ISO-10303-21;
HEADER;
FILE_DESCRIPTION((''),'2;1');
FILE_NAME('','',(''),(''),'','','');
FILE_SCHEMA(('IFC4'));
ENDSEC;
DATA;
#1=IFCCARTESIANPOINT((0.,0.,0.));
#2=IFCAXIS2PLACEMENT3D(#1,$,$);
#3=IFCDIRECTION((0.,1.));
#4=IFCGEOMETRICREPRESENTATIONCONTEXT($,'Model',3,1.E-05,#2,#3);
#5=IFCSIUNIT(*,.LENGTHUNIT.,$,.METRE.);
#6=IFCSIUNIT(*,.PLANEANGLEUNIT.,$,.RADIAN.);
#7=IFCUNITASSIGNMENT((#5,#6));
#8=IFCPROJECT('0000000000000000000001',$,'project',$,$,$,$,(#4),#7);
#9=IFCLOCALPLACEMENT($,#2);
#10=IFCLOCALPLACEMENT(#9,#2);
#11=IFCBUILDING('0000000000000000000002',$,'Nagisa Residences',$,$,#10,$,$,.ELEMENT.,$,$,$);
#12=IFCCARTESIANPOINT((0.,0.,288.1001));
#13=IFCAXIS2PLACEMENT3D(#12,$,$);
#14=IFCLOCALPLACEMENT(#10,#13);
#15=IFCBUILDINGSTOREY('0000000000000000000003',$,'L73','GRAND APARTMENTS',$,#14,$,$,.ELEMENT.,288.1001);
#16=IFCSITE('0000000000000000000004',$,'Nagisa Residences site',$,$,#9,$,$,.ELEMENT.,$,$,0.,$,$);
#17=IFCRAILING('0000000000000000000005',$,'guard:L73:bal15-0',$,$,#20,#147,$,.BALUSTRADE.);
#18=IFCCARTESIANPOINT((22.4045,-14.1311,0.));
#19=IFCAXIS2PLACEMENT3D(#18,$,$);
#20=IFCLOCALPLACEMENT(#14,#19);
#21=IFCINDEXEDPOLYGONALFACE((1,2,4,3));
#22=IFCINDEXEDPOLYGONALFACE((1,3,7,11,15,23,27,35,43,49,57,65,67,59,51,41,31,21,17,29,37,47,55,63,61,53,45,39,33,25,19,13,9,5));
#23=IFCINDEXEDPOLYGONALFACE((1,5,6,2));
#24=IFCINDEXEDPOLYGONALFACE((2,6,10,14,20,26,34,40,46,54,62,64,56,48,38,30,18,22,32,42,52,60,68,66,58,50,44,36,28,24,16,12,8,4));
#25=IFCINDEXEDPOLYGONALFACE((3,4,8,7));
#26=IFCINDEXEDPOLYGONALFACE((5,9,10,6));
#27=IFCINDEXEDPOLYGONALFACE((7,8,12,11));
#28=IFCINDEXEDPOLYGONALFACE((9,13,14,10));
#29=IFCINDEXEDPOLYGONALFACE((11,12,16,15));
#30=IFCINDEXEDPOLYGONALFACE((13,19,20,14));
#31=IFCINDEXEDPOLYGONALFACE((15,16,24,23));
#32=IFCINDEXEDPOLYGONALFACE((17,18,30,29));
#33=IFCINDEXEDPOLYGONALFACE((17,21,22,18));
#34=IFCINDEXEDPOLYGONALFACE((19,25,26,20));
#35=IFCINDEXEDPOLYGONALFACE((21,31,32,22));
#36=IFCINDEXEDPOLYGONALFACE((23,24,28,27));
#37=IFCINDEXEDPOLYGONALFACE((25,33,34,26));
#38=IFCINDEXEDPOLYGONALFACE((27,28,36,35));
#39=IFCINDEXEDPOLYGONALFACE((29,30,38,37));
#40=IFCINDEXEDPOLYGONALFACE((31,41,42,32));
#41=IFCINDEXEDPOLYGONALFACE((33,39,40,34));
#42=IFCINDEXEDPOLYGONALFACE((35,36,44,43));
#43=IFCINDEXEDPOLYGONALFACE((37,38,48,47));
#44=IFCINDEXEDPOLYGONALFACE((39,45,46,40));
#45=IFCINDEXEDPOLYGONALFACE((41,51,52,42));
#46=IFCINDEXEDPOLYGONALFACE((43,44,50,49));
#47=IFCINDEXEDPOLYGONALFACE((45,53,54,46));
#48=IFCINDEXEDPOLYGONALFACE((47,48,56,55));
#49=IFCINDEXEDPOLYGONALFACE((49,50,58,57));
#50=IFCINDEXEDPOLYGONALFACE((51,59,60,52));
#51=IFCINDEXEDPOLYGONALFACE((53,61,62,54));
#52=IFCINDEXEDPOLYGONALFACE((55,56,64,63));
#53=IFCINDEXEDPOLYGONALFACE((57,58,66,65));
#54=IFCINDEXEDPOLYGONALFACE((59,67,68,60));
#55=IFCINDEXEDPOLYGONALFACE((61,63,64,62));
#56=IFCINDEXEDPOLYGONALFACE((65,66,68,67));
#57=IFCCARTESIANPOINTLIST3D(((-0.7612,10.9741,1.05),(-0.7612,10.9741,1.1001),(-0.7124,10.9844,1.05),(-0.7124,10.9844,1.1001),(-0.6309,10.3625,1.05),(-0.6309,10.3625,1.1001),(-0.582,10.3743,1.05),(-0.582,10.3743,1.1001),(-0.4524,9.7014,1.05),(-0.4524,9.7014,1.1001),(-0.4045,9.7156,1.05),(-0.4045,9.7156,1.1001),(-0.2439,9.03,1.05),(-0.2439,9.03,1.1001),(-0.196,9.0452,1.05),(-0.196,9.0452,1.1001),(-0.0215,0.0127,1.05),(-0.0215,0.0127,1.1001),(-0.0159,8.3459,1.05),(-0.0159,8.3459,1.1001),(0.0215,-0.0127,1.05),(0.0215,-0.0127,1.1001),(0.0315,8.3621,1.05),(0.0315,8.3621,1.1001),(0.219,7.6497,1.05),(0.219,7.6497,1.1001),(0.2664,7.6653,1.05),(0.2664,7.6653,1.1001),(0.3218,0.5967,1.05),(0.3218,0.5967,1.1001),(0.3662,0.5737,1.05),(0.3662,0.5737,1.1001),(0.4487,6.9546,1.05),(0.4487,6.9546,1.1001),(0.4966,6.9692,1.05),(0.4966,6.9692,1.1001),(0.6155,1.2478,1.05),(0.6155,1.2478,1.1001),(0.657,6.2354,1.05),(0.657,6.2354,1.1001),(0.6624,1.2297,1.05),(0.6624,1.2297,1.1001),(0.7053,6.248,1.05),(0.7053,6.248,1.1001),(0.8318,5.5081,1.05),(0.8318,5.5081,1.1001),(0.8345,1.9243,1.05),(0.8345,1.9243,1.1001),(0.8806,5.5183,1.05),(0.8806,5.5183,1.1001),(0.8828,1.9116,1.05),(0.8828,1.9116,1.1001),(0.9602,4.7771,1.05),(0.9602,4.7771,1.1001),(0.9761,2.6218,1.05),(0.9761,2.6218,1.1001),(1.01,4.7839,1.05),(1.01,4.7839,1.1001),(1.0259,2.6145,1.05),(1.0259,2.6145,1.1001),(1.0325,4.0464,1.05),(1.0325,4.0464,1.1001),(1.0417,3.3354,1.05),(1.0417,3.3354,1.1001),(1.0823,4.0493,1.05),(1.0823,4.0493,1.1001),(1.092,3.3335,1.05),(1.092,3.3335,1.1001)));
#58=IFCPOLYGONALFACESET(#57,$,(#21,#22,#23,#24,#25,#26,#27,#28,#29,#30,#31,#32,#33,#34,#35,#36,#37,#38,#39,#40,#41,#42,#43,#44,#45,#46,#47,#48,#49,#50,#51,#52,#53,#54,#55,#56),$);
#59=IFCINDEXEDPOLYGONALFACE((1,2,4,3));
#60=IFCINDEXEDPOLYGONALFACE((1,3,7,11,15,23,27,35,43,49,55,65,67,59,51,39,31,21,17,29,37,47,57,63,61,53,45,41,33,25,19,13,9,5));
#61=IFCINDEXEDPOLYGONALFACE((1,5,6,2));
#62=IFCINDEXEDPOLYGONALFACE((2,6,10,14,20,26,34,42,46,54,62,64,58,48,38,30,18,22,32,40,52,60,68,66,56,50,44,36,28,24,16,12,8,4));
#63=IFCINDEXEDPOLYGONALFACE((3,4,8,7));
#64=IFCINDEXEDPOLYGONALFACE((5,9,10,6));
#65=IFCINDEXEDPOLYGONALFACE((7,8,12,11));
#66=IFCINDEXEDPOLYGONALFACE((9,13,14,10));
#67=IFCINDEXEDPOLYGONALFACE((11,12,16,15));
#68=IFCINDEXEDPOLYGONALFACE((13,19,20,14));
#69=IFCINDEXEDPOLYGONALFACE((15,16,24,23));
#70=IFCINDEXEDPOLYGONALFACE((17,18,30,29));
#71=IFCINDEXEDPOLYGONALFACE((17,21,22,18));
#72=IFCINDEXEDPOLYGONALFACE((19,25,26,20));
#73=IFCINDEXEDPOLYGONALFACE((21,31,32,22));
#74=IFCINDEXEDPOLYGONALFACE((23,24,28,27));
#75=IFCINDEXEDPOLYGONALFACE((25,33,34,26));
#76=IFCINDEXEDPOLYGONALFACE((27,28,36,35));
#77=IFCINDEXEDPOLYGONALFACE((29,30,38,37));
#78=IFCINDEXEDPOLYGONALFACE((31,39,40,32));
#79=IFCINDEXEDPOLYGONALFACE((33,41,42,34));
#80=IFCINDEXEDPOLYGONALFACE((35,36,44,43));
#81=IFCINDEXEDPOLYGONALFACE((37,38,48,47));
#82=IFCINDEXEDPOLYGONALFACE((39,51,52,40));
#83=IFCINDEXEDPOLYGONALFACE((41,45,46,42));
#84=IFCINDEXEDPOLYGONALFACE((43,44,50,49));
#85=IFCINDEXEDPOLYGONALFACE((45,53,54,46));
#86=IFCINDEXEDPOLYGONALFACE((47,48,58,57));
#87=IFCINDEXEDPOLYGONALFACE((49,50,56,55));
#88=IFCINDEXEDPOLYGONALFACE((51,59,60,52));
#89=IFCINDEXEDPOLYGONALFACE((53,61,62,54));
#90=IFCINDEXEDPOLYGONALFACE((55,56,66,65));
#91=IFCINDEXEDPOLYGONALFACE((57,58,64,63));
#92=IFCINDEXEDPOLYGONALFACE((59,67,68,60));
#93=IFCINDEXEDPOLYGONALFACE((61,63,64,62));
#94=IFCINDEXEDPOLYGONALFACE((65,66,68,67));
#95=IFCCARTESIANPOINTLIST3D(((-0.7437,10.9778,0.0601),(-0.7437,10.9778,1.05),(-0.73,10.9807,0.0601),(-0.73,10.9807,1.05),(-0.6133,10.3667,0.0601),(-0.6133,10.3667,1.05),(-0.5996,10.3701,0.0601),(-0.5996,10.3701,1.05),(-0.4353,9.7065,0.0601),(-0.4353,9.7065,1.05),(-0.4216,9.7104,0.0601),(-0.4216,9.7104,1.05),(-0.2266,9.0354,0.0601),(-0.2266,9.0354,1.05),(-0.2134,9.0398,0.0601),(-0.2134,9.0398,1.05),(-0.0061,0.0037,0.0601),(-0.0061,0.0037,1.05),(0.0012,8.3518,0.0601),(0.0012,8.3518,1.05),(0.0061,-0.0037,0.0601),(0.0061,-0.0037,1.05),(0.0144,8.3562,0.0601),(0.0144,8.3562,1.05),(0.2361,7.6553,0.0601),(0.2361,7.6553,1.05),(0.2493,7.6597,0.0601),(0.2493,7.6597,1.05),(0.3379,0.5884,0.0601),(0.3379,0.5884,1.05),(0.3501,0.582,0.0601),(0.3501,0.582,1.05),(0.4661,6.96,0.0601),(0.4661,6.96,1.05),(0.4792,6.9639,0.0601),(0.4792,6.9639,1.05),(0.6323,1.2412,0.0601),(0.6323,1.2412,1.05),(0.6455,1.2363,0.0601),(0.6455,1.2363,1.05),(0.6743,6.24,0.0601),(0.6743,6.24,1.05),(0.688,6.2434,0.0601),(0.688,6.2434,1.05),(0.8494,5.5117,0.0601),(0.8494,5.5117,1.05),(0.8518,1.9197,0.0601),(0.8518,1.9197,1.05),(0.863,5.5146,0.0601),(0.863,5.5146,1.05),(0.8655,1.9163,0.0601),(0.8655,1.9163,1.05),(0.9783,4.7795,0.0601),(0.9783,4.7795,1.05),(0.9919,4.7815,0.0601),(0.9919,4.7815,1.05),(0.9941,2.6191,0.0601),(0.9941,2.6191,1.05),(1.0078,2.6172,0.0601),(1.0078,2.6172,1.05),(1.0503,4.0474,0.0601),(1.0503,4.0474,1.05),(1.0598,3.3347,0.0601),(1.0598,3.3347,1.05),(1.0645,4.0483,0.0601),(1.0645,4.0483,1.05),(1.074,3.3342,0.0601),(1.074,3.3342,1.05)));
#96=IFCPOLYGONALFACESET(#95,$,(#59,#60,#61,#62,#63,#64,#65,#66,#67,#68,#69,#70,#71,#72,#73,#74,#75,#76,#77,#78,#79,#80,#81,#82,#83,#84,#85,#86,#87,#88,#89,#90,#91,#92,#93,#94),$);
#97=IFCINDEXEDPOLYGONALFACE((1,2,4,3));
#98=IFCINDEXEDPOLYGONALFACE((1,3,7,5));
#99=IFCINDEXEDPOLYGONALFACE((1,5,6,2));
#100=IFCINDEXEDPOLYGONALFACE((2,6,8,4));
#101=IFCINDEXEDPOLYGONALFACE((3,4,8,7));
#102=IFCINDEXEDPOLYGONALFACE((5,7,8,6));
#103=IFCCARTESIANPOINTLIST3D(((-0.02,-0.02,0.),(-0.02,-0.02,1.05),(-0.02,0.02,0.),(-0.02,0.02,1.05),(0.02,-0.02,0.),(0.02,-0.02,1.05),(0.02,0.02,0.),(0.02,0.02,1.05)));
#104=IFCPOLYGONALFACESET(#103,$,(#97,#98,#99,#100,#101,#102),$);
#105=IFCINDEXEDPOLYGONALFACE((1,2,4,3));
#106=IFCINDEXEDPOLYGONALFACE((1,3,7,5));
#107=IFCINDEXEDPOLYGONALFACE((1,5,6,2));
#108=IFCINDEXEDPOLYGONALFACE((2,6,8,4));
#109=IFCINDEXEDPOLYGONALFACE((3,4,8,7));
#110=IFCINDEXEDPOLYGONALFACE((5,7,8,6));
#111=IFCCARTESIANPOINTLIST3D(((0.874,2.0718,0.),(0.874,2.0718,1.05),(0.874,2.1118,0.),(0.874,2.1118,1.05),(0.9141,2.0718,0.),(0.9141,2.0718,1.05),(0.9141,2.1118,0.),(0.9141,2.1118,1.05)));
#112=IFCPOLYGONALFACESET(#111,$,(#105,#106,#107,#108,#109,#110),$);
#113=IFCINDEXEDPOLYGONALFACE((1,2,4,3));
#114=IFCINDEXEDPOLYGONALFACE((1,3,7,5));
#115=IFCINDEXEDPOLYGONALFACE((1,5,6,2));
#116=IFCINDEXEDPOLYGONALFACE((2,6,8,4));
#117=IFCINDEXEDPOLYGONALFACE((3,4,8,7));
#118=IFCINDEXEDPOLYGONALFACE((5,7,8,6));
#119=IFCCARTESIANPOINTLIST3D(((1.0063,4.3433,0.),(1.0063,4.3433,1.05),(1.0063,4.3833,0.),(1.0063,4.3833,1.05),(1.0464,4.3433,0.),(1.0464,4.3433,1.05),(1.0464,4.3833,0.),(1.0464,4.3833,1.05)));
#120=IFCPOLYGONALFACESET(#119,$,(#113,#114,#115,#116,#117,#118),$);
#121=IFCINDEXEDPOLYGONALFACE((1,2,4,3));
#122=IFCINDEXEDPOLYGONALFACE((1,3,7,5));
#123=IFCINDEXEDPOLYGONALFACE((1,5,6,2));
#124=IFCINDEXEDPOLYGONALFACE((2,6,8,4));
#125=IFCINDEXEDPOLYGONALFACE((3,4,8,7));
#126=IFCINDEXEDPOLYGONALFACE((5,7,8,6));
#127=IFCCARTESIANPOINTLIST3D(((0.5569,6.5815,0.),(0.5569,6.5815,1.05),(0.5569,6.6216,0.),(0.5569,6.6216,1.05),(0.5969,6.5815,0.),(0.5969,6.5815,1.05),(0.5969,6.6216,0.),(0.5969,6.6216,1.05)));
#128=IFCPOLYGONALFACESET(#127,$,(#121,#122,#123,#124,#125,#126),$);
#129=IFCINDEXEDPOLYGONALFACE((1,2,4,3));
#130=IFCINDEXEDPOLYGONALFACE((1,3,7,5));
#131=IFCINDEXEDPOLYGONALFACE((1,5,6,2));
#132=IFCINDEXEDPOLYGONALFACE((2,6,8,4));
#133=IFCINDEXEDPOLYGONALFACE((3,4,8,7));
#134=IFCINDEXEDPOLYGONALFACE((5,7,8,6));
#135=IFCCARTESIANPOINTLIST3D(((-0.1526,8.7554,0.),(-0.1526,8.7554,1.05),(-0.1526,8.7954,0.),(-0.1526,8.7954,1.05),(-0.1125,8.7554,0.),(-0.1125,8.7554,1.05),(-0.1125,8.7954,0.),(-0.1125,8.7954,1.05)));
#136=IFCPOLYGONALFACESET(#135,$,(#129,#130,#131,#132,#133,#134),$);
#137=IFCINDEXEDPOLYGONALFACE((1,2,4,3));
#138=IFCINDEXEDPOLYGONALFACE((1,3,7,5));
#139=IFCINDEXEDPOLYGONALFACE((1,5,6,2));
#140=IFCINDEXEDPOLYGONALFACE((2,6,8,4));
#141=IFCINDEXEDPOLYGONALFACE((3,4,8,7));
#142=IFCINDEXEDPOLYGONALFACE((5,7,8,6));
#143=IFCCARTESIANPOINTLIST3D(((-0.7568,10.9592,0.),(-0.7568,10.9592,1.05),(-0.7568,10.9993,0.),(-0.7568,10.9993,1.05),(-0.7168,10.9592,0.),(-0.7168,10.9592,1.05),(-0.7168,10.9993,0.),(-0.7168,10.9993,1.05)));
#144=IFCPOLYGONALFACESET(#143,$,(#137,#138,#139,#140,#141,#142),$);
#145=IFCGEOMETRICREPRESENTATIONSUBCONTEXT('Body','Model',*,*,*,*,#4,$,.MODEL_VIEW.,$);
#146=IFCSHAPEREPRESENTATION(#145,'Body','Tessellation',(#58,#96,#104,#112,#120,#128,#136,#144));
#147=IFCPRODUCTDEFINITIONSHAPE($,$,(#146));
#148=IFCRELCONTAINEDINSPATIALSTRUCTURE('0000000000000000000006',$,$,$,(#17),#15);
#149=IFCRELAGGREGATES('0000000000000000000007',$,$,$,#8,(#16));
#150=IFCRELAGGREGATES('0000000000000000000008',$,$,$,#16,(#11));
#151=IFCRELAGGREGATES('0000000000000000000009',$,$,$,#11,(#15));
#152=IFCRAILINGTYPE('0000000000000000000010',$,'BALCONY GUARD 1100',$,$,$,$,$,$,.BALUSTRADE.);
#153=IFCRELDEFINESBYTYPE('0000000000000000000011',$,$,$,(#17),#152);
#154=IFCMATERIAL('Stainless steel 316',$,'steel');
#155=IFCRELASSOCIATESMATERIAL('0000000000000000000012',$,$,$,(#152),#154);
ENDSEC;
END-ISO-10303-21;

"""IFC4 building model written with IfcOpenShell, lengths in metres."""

from ifc_helpers import new_model, si_unit, direction, frame, origin, origin_2d, place, context, subcontext, project, spatial, polyline, rectangle, outline, extrude, material, type_object, element, save


model = new_model("IFC4")

# Units and contexts
model_context = context("Model", 3, precision=1e-05, world=origin(), true_north=direction((0.0, 1.0)))
body_context = subcontext(model_context, "Body", "Model", "MODEL_VIEW")
ifc_project = project(units=[si_unit("LENGTHUNIT", "METRE"), si_unit("PLANEANGLEUNIT", "RADIAN")], contexts=[model_context])

# Site, building, storey
site_placement = place(None, origin())
site = spatial("IfcSite", under=ifc_project, at=site_placement, Name="Nagisa Residences site", CompositionType="ELEMENT", RefElevation=0.0)
building_placement = place(site_placement, origin())
building = spatial("IfcBuilding", under=site, at=building_placement, Name="Nagisa Residences", CompositionType="ELEMENT")
storey_placement = place(building_placement, frame((0.0, 0.0, 288.1001)))
storey = spatial("IfcBuildingStorey", under=building, at=storey_placement, Name="L73", Description="GRAND APARTMENTS", CompositionType="ELEMENT", Elevation=288.1001)

# Railing
ifc_material_1 = material(Name="Stainless steel 316", Category="steel")
railing_type = type_object("IfcRailingType", Name="BALCONY GUARD 1100", PredefinedType="BALUSTRADE", material=ifc_material_1)
railing_1_placement = place(storey_placement, frame((22.4045, -14.1311, 0.0)))
element("IfcRailing", 1, at=railing_1_placement, inside=storey, type_object=railing_type, Name="guard:L73:bal15-0", PredefinedType="BALUSTRADE", context=body_context, shape_type="SweptSolid", body=[
    extrude(outline(polyline([(0.3218, 0.5967), (-0.0215, 0.0127), (0.0215, -0.0127), (0.3662, 0.5737), (0.6624, 1.2297), (0.8828, 1.9116), (1.0259, 2.6145), (1.092, 3.3335), (1.0823, 4.0493), (1.01, 4.7839), (0.8806, 5.5183), (0.7053, 6.248), (0.4966, 6.9692), (0.2664, 7.6653), (0.0315, 8.3621), (-0.196, 9.0452), (-0.4045, 9.7156), (-0.582, 10.3743), (-0.7124, 10.9844), (-0.7612, 10.9741), (-0.6309, 10.3625), (-0.4524, 9.7014), (-0.2439, 9.03), (-0.0159, 8.3459), (0.219, 7.6497), (0.4487, 6.9546), (0.657, 6.2354), (0.8318, 5.5081), (0.9602, 4.7771), (1.0325, 4.0464), (1.0417, 3.3354), (0.9761, 2.6218), (0.8345, 1.9243), (0.6155, 1.2478), (0.3218, 0.5967)])), frame((0.0, 0.0, 1.05)), (0.0, 0.0, 1.0), 0.05),
    extrude(outline(polyline([(0.3379, 0.5884), (-0.0061, 0.0037), (0.0061, -0.0037), (0.3501, 0.582), (0.6455, 1.2363), (0.8655, 1.9163), (1.0078, 2.6172), (1.074, 3.3342), (1.0645, 4.0483), (0.9919, 4.7815), (0.863, 5.5146), (0.688, 6.2434), (0.4792, 6.9639), (0.2493, 7.6597), (0.0144, 8.3562), (-0.2134, 9.0398), (-0.4216, 9.7104), (-0.5996, 10.3701), (-0.73, 10.9807), (-0.7437, 10.9778), (-0.6133, 10.3667), (-0.4353, 9.7065), (-0.2266, 9.0354), (0.0012, 8.3518), (0.2361, 7.6553), (0.4661, 6.96), (0.6743, 6.24), (0.8494, 5.5117), (0.9783, 4.7795), (1.0503, 4.0474), (1.0598, 3.3347), (0.9941, 2.6191), (0.8518, 1.9197), (0.6323, 1.2412), (0.3379, 0.5884)])), frame((0.0, 0.0, 0.0601)), (0.0, 0.0, 1.0), 0.99),
    extrude(rectangle(XDim=0.04, YDim=0.04, at=origin_2d()), origin(), (0.0, 0.0, 1.0), 1.05),
    extrude(rectangle(XDim=0.04, YDim=0.04, at=origin_2d()), frame((0.894, 2.0918, 0.0)), (0.0, 0.0, 1.0), 1.05),
    extrude(rectangle(XDim=0.04, YDim=0.04, at=origin_2d()), frame((1.0264, 4.3633, 0.0)), (0.0, 0.0, 1.0), 1.05),
    extrude(rectangle(XDim=0.04, YDim=0.04, at=origin_2d()), frame((0.5769, 6.6016, 0.0)), (0.0, 0.0, 1.0), 1.05),
    extrude(rectangle(XDim=0.04, YDim=0.04, at=origin_2d()), frame((-0.1326, 8.7754, 0.0)), (0.0, 0.0, 1.0), 1.05),
    extrude(rectangle(XDim=0.04, YDim=0.04, at=origin_2d()), frame((-0.7368, 10.9792, 0.0)), (0.0, 0.0, 1.0), 1.05),
])

save(model, "model.ifc")
